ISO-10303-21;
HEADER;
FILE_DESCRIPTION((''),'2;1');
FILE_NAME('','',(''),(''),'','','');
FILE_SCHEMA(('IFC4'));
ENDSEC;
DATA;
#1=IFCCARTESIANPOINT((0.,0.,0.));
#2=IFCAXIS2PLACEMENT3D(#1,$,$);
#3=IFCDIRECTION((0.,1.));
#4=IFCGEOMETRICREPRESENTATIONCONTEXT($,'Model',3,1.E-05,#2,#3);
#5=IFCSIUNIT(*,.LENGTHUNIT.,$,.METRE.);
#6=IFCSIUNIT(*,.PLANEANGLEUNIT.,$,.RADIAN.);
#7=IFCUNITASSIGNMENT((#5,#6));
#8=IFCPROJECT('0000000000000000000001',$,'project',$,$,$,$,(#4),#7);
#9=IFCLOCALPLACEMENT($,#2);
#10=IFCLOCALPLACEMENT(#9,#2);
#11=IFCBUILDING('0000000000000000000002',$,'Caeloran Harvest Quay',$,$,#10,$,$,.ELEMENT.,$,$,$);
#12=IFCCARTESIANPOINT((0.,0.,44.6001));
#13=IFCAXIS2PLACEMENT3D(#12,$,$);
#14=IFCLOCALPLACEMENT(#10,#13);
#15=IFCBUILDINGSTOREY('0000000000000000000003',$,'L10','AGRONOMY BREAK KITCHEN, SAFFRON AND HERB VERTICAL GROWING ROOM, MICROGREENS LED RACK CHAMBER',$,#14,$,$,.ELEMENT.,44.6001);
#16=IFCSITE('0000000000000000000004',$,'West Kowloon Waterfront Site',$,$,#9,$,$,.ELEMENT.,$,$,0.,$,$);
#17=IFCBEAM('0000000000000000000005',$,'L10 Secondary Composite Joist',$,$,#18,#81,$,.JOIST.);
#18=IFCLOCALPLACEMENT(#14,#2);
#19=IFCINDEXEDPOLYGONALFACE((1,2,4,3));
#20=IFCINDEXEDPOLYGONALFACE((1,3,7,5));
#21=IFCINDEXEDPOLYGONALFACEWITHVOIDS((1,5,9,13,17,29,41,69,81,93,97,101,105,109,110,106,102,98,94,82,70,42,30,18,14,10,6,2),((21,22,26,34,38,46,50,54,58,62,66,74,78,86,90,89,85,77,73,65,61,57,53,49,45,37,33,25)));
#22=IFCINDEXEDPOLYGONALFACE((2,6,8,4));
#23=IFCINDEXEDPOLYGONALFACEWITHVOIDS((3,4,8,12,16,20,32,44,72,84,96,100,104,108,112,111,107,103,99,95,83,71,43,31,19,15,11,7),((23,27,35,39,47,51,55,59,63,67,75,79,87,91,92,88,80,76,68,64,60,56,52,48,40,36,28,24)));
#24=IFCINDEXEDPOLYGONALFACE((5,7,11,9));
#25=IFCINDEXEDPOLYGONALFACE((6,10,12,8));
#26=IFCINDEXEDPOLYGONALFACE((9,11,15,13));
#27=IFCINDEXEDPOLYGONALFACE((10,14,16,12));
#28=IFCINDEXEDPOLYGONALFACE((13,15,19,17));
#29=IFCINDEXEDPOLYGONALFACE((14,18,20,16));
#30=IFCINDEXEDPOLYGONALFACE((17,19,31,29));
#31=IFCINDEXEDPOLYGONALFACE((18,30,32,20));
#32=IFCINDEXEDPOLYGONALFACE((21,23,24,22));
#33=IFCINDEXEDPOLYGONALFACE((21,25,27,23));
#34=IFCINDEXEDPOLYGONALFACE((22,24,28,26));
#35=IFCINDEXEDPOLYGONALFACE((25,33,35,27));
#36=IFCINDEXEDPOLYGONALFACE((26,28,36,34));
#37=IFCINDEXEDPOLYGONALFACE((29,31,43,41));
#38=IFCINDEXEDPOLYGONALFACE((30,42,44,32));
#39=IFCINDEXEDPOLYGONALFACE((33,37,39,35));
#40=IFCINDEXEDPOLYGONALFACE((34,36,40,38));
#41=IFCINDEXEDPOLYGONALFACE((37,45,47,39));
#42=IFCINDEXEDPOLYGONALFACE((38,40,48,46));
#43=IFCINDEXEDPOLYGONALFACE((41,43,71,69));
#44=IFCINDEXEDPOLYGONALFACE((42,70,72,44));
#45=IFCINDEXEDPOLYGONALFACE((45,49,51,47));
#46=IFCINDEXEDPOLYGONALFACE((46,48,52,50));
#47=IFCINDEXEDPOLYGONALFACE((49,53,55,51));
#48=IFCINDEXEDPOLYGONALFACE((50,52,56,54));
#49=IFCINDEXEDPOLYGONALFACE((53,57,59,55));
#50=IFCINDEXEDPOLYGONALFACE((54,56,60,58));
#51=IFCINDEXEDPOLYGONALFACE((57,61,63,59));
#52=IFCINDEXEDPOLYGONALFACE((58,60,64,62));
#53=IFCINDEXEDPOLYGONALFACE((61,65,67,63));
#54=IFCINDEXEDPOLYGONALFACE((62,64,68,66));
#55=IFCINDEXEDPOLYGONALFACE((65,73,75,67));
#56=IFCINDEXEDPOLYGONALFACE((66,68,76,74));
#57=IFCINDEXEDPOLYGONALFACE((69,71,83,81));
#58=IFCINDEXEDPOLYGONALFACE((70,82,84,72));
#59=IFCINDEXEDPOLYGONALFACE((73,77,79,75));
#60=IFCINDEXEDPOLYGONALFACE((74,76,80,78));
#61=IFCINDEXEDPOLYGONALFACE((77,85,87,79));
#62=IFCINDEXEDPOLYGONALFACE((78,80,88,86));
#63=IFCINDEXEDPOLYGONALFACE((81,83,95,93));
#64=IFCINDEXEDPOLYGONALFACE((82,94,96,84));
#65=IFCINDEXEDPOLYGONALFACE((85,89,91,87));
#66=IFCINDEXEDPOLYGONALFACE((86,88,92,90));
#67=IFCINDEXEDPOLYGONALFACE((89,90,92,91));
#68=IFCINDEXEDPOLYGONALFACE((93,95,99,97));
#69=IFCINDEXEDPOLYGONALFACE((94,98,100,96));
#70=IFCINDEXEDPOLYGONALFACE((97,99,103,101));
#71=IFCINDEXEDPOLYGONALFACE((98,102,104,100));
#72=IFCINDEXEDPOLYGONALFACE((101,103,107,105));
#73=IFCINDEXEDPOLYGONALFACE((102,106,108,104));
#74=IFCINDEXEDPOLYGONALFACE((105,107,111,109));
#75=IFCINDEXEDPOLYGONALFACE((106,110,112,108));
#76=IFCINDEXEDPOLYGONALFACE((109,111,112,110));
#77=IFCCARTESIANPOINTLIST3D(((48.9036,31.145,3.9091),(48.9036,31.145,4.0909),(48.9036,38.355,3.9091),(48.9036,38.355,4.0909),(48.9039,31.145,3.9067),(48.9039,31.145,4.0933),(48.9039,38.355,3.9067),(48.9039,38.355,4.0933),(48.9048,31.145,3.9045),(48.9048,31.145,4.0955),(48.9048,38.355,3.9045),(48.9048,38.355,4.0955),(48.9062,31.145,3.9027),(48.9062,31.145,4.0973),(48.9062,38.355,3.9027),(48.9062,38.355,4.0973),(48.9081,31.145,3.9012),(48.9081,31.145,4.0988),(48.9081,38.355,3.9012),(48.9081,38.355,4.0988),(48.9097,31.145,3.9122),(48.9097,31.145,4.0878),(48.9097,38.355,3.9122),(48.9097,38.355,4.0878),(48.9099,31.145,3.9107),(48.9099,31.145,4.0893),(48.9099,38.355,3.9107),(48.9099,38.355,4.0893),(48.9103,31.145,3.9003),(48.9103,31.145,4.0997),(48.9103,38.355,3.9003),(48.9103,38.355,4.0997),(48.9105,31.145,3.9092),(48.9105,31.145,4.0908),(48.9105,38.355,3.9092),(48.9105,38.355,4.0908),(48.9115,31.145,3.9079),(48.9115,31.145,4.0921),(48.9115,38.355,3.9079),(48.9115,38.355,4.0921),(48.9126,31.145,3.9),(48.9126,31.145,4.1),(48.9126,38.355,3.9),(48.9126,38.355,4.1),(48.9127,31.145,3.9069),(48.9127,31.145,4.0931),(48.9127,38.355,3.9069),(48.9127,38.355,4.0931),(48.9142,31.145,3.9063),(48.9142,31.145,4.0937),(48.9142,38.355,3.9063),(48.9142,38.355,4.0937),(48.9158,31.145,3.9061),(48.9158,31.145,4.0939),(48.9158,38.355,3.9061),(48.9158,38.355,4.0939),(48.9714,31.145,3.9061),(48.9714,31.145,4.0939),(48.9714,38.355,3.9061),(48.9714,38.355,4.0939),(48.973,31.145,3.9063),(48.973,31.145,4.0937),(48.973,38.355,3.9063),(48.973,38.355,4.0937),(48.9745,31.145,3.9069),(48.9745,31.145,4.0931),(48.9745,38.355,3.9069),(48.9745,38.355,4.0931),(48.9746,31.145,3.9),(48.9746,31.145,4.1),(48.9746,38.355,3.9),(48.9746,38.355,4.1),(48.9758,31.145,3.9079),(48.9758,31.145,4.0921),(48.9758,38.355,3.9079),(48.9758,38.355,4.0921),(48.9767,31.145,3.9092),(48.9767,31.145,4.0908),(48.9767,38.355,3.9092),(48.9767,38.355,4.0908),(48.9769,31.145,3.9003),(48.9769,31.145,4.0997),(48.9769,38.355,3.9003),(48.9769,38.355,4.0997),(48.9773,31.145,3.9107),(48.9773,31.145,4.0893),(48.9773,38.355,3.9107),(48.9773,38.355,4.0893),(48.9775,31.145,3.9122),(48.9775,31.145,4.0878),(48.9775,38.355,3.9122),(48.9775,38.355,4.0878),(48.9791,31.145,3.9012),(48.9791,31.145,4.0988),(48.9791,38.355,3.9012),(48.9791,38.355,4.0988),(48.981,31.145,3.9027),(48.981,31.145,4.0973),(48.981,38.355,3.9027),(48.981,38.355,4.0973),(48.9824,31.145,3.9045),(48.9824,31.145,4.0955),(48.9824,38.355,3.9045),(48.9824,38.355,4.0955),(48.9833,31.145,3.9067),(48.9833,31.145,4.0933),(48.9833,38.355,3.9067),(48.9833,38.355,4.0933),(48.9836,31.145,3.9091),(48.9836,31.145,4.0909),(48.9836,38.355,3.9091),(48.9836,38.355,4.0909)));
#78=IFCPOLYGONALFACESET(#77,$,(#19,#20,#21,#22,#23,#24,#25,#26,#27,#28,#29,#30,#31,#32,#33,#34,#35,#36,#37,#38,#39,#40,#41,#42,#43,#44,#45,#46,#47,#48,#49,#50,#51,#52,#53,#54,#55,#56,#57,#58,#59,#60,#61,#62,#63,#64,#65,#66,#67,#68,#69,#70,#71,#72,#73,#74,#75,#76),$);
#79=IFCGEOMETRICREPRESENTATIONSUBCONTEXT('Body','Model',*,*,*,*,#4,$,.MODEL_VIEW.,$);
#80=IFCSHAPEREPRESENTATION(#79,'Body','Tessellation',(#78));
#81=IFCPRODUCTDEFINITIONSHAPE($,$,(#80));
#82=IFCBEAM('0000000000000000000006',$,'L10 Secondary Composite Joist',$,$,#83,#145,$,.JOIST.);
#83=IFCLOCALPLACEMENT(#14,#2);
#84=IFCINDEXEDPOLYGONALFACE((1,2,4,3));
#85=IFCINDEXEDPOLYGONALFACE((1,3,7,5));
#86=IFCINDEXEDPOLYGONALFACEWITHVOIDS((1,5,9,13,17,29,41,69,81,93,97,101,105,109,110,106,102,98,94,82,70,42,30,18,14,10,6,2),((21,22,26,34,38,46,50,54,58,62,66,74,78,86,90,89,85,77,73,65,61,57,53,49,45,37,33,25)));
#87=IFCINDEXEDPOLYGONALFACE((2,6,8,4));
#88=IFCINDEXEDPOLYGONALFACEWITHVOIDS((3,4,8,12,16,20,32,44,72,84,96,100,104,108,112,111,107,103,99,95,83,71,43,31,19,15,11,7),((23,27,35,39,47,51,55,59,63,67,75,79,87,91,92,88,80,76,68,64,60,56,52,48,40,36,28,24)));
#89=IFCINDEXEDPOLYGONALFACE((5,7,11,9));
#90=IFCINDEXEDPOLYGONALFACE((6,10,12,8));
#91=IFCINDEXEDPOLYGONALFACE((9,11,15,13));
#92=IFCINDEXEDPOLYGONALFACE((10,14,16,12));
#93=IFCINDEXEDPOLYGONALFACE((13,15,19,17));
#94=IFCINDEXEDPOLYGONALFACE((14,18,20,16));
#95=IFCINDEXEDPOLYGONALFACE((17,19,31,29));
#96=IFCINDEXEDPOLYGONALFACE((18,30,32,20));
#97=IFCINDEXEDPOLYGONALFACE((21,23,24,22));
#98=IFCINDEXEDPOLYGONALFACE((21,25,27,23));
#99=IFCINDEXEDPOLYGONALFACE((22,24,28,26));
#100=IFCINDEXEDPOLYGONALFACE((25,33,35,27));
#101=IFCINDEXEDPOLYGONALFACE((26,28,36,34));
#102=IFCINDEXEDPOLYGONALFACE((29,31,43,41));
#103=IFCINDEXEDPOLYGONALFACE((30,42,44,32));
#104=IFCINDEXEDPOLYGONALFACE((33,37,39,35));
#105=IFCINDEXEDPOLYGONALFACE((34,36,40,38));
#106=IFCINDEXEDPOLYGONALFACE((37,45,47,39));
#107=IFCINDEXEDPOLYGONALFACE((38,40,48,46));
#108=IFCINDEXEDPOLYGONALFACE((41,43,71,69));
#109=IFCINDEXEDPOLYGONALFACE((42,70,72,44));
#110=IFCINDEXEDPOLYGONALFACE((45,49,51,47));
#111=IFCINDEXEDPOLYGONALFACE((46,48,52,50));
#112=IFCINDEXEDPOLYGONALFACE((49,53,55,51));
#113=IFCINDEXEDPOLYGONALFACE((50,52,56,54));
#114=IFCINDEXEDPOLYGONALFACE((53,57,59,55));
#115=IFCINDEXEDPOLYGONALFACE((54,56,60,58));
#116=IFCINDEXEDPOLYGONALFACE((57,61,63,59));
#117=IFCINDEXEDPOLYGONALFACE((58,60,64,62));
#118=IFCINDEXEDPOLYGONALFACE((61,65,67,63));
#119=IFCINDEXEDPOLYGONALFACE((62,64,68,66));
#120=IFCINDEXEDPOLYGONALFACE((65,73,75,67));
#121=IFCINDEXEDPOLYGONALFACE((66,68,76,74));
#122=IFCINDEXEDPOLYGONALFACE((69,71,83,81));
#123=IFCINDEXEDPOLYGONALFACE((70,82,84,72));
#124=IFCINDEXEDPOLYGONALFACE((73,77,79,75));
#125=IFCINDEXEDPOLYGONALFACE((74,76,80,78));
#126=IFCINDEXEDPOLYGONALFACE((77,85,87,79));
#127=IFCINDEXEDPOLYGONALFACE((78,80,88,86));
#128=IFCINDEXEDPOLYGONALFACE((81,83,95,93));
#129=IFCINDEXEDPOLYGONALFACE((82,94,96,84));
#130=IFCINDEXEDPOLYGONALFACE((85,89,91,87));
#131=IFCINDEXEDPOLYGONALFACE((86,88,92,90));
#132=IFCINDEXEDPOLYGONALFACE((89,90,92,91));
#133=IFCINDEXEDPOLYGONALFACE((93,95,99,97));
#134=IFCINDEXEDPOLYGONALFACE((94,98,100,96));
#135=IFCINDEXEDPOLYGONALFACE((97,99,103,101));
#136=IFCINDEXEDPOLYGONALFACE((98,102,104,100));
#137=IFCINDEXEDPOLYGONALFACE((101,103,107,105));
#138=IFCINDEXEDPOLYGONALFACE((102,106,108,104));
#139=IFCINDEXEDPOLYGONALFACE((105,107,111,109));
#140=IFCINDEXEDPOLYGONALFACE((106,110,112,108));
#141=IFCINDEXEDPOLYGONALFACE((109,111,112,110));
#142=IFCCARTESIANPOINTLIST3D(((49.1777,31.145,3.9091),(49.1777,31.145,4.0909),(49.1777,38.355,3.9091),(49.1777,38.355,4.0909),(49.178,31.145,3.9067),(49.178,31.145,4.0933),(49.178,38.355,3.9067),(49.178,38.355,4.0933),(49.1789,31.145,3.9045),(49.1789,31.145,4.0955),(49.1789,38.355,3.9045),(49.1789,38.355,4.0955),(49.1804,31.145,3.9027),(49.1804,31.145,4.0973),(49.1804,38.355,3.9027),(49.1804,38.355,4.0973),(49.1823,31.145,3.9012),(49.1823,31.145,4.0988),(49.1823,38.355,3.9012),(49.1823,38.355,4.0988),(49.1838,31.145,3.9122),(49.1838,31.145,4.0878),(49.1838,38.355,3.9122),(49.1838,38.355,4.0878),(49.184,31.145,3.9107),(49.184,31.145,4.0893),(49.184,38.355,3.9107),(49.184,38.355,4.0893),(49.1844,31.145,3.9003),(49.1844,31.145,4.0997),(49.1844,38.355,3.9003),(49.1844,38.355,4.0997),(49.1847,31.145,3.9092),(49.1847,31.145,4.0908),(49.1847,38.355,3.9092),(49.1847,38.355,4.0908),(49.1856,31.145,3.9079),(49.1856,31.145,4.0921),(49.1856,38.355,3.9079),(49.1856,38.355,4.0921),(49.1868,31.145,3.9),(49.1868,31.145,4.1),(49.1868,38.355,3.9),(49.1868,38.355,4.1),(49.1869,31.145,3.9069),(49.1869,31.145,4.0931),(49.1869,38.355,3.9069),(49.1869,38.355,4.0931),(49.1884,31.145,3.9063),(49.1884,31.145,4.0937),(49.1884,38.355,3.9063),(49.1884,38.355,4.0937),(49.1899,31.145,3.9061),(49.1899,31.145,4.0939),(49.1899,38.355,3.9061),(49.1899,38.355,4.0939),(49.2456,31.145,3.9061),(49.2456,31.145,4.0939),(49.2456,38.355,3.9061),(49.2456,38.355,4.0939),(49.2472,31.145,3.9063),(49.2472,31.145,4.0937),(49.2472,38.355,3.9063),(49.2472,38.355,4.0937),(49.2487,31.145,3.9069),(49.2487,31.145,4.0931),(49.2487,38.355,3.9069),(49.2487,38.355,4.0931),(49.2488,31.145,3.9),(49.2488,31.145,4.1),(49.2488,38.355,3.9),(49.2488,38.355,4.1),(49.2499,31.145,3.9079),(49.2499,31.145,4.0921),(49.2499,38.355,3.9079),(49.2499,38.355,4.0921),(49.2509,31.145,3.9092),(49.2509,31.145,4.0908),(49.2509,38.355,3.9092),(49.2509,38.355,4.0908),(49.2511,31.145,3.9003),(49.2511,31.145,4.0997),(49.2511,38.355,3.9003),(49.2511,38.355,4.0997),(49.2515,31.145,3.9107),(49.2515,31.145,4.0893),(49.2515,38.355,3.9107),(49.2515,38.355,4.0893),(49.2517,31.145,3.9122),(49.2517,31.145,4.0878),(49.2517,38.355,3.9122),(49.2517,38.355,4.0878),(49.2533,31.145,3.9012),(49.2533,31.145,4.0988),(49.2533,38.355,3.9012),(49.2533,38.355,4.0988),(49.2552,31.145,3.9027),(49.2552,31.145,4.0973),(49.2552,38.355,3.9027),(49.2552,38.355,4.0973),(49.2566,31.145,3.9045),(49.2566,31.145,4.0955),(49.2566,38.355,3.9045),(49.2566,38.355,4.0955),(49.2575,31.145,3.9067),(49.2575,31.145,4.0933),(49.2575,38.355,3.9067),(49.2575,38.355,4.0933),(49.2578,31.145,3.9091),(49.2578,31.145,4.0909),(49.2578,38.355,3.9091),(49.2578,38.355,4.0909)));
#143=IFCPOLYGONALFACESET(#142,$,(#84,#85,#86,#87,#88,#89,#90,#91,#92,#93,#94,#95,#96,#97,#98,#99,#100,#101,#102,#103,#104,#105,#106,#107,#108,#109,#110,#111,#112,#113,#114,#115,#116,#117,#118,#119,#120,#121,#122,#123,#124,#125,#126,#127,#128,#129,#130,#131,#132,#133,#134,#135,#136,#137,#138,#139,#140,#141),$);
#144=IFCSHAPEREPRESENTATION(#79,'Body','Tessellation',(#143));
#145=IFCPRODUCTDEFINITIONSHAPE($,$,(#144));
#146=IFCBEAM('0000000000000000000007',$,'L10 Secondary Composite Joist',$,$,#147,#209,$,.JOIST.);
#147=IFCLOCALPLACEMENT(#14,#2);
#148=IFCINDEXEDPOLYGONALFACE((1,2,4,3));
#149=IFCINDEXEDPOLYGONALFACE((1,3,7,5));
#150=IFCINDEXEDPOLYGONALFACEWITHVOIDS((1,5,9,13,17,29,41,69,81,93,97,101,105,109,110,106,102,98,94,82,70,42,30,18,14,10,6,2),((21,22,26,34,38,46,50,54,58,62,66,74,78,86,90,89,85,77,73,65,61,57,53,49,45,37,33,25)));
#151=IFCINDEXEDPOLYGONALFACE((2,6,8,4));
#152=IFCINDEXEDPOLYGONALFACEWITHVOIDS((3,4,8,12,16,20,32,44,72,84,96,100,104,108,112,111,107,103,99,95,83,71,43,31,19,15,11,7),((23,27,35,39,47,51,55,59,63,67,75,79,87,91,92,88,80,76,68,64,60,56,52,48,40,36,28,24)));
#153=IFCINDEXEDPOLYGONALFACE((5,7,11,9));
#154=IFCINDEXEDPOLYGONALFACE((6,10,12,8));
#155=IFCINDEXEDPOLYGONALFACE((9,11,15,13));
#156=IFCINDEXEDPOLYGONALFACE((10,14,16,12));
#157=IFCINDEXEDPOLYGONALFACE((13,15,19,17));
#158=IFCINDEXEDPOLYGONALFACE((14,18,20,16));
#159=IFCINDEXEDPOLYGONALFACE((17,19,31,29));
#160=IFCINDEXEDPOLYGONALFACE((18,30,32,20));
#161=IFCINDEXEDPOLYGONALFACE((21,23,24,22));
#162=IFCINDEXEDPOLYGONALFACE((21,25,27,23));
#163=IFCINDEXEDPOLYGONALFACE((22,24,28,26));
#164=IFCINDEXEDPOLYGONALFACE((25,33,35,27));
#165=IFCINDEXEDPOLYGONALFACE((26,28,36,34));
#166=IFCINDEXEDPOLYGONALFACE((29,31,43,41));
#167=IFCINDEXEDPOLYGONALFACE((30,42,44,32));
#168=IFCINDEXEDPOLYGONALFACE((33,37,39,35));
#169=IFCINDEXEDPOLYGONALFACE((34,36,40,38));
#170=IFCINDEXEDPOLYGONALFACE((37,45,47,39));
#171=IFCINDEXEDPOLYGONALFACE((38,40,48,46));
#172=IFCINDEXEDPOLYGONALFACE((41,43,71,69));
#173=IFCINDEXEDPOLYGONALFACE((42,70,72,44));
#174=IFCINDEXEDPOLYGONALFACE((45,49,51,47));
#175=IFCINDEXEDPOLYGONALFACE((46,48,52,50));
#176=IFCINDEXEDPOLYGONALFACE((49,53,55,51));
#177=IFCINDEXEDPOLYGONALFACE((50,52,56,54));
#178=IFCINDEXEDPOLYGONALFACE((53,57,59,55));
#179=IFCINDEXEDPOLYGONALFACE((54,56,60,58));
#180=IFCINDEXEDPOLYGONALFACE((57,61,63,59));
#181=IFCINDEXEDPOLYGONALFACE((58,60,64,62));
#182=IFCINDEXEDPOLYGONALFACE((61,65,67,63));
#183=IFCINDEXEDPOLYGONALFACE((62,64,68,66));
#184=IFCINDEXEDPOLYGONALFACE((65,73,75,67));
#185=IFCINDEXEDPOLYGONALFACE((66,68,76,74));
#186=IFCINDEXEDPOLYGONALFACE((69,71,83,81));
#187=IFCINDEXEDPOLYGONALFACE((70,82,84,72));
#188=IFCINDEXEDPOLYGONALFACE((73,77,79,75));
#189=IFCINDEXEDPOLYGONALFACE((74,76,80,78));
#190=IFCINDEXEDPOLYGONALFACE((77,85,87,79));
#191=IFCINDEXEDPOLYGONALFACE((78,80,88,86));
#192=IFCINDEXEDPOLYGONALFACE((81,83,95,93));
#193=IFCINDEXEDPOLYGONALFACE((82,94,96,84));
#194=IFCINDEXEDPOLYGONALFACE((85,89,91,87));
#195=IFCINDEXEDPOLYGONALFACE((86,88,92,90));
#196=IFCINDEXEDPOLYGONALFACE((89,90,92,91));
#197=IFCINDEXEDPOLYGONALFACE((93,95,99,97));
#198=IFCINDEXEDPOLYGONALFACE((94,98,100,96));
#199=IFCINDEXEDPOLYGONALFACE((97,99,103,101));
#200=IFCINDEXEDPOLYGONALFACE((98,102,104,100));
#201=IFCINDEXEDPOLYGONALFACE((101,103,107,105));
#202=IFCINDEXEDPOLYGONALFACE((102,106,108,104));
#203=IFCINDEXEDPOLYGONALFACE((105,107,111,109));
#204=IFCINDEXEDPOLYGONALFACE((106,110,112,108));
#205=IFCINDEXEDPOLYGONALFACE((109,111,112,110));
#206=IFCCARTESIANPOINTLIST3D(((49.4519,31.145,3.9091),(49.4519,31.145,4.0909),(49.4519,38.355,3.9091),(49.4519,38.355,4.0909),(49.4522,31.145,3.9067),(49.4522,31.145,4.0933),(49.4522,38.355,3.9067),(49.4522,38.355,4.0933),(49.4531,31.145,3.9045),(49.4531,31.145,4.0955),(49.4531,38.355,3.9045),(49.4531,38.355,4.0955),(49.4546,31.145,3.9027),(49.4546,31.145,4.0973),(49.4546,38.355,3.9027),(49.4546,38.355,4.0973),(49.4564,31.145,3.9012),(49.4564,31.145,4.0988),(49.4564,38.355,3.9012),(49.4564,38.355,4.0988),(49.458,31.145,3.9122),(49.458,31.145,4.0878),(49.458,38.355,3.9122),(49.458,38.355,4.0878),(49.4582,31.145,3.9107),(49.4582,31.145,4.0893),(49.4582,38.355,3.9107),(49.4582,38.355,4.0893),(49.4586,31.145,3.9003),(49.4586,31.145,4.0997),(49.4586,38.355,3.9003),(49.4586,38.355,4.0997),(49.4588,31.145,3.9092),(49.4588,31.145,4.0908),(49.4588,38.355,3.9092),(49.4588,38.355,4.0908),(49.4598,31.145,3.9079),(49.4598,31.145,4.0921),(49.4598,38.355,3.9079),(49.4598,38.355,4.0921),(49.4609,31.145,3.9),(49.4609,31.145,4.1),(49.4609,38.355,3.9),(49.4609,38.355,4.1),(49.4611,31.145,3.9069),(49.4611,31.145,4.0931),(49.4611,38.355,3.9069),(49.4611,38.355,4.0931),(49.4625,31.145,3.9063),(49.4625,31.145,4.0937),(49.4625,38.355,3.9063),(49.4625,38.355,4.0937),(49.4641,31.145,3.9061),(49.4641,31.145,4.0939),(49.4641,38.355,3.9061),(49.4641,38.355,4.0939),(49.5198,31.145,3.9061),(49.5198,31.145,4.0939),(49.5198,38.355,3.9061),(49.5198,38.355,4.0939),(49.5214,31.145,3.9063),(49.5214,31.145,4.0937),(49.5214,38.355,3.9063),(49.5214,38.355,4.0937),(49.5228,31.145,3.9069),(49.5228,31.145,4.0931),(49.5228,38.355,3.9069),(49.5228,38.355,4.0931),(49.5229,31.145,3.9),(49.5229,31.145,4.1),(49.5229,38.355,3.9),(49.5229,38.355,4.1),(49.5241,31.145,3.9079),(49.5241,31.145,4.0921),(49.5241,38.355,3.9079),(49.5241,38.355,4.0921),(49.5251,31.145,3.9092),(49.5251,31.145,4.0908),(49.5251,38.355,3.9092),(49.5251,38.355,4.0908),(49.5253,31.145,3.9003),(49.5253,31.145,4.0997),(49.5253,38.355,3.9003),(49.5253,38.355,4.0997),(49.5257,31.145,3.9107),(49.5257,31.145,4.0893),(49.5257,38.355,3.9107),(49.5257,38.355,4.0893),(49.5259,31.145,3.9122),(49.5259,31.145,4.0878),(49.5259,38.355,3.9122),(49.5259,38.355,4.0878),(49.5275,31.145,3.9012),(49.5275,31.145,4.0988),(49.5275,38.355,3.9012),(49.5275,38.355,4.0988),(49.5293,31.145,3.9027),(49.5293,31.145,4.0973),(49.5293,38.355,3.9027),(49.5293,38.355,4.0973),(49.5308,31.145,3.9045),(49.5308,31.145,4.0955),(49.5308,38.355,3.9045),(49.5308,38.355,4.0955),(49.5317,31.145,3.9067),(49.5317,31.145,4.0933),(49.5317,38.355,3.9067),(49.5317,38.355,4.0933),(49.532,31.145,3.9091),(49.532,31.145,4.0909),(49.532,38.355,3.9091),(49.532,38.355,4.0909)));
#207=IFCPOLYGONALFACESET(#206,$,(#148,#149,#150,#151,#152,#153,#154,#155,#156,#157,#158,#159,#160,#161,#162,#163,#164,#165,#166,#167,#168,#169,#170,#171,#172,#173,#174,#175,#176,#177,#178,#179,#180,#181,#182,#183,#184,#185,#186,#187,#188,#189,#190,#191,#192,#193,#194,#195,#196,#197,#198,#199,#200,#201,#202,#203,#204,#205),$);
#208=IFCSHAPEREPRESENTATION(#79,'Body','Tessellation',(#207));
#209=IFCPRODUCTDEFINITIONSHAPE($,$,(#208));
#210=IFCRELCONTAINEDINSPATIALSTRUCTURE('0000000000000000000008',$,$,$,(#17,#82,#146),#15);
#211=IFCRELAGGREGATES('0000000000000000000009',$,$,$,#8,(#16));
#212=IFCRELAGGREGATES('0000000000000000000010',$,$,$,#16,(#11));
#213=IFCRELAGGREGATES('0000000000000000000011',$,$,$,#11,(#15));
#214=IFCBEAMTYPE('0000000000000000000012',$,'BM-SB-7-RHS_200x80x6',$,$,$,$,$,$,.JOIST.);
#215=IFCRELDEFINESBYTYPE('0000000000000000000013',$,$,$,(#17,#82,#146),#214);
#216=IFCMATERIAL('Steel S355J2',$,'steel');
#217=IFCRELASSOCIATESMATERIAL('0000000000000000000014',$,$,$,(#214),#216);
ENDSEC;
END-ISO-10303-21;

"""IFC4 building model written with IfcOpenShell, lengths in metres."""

from ifc_helpers import new_model, si_unit, direction, frame, origin, origin_2d, place, context, subcontext, project, spatial, hollow_rectangle, extrude, material, material_profile, profile_set, type_object, element, save


model = new_model("IFC4")

# Units and contexts
model_context = context("Model", 3, precision=1e-05, world=origin(), true_north=direction((0.0, 1.0)))
body_context = subcontext(model_context, "Body", "Model", "MODEL_VIEW")
ifc_project = project(units=[si_unit("LENGTHUNIT", "METRE"), si_unit("PLANEANGLEUNIT", "RADIAN")], contexts=[model_context])

# Site, building, storey
site_placement = place(None, origin())
site = spatial("IfcSite", under=ifc_project, at=site_placement, Name="West Kowloon Waterfront Site", CompositionType="ELEMENT", RefElevation=0.0)
building_placement = place(site_placement, origin())
building = spatial("IfcBuilding", under=site, at=building_placement, Name="Caeloran Harvest Quay", CompositionType="ELEMENT")
storey_placement = place(building_placement, frame((0.0, 0.0, 44.6001)))
storey = spatial("IfcBuildingStorey", under=building, at=storey_placement, Name="L10", Description="AGRONOMY BREAK KITCHEN, SAFFRON AND HERB VERTICAL GROWING ROOM, MICROGREENS LED RACK CHAMBER", CompositionType="ELEMENT", Elevation=44.6001)

# Beams
ifc_material_1 = material(Name="Steel S355J2", Category="steel")
ifc_material_profile_1 = material_profile(ifc_material_1, hollow_rectangle(XDim=0.0801, YDim=0.2, WallThickness=0.0061, InnerFilletRadius=0.0061, OuterFilletRadius=0.009, at=origin_2d()), Name="RHS 200x80x6")
ifc_profile_set_1 = profile_set([ifc_material_profile_1], Name="Steel S355J2")
beam_type_1 = type_object("IfcBeamType", Name="BM-SB-7-RHS_200x80x6", PredefinedType="JOIST", material=ifc_profile_set_1)
for number, where, z_axis, x_axis, name in (
    (1, (48.9436, 31.145, 4.0), (0.0, 1.0, 0.0), (-1.0, 0.0, 0.0), "L10 Secondary Composite Joist"),
    (2, (49.2178, 31.145, 4.0), (0.0, 1.0, 0.0), (-1.0, 0.0, 0.0), "L10 Secondary Composite Joist"),
    (3, (49.4919, 31.145, 4.0), (0.0, 1.0, 0.0), (-1.0, 0.0, 0.0), "L10 Secondary Composite Joist"),
):
    element("IfcBeam", number, at=place(storey_placement, frame(where, z_axis=z_axis, x_axis=x_axis)), inside=storey, type_object=beam_type_1, Name=name, PredefinedType="JOIST", context=body_context, shape_type="SweptSolid", body=[
        extrude(hollow_rectangle(XDim=0.0801, YDim=0.2, WallThickness=0.0061, InnerFilletRadius=0.0061, OuterFilletRadius=0.009, at=origin_2d()), origin(), (0.0, 0.0, 1.0), 7.21),
    ])

save(model, "model.ifc")
